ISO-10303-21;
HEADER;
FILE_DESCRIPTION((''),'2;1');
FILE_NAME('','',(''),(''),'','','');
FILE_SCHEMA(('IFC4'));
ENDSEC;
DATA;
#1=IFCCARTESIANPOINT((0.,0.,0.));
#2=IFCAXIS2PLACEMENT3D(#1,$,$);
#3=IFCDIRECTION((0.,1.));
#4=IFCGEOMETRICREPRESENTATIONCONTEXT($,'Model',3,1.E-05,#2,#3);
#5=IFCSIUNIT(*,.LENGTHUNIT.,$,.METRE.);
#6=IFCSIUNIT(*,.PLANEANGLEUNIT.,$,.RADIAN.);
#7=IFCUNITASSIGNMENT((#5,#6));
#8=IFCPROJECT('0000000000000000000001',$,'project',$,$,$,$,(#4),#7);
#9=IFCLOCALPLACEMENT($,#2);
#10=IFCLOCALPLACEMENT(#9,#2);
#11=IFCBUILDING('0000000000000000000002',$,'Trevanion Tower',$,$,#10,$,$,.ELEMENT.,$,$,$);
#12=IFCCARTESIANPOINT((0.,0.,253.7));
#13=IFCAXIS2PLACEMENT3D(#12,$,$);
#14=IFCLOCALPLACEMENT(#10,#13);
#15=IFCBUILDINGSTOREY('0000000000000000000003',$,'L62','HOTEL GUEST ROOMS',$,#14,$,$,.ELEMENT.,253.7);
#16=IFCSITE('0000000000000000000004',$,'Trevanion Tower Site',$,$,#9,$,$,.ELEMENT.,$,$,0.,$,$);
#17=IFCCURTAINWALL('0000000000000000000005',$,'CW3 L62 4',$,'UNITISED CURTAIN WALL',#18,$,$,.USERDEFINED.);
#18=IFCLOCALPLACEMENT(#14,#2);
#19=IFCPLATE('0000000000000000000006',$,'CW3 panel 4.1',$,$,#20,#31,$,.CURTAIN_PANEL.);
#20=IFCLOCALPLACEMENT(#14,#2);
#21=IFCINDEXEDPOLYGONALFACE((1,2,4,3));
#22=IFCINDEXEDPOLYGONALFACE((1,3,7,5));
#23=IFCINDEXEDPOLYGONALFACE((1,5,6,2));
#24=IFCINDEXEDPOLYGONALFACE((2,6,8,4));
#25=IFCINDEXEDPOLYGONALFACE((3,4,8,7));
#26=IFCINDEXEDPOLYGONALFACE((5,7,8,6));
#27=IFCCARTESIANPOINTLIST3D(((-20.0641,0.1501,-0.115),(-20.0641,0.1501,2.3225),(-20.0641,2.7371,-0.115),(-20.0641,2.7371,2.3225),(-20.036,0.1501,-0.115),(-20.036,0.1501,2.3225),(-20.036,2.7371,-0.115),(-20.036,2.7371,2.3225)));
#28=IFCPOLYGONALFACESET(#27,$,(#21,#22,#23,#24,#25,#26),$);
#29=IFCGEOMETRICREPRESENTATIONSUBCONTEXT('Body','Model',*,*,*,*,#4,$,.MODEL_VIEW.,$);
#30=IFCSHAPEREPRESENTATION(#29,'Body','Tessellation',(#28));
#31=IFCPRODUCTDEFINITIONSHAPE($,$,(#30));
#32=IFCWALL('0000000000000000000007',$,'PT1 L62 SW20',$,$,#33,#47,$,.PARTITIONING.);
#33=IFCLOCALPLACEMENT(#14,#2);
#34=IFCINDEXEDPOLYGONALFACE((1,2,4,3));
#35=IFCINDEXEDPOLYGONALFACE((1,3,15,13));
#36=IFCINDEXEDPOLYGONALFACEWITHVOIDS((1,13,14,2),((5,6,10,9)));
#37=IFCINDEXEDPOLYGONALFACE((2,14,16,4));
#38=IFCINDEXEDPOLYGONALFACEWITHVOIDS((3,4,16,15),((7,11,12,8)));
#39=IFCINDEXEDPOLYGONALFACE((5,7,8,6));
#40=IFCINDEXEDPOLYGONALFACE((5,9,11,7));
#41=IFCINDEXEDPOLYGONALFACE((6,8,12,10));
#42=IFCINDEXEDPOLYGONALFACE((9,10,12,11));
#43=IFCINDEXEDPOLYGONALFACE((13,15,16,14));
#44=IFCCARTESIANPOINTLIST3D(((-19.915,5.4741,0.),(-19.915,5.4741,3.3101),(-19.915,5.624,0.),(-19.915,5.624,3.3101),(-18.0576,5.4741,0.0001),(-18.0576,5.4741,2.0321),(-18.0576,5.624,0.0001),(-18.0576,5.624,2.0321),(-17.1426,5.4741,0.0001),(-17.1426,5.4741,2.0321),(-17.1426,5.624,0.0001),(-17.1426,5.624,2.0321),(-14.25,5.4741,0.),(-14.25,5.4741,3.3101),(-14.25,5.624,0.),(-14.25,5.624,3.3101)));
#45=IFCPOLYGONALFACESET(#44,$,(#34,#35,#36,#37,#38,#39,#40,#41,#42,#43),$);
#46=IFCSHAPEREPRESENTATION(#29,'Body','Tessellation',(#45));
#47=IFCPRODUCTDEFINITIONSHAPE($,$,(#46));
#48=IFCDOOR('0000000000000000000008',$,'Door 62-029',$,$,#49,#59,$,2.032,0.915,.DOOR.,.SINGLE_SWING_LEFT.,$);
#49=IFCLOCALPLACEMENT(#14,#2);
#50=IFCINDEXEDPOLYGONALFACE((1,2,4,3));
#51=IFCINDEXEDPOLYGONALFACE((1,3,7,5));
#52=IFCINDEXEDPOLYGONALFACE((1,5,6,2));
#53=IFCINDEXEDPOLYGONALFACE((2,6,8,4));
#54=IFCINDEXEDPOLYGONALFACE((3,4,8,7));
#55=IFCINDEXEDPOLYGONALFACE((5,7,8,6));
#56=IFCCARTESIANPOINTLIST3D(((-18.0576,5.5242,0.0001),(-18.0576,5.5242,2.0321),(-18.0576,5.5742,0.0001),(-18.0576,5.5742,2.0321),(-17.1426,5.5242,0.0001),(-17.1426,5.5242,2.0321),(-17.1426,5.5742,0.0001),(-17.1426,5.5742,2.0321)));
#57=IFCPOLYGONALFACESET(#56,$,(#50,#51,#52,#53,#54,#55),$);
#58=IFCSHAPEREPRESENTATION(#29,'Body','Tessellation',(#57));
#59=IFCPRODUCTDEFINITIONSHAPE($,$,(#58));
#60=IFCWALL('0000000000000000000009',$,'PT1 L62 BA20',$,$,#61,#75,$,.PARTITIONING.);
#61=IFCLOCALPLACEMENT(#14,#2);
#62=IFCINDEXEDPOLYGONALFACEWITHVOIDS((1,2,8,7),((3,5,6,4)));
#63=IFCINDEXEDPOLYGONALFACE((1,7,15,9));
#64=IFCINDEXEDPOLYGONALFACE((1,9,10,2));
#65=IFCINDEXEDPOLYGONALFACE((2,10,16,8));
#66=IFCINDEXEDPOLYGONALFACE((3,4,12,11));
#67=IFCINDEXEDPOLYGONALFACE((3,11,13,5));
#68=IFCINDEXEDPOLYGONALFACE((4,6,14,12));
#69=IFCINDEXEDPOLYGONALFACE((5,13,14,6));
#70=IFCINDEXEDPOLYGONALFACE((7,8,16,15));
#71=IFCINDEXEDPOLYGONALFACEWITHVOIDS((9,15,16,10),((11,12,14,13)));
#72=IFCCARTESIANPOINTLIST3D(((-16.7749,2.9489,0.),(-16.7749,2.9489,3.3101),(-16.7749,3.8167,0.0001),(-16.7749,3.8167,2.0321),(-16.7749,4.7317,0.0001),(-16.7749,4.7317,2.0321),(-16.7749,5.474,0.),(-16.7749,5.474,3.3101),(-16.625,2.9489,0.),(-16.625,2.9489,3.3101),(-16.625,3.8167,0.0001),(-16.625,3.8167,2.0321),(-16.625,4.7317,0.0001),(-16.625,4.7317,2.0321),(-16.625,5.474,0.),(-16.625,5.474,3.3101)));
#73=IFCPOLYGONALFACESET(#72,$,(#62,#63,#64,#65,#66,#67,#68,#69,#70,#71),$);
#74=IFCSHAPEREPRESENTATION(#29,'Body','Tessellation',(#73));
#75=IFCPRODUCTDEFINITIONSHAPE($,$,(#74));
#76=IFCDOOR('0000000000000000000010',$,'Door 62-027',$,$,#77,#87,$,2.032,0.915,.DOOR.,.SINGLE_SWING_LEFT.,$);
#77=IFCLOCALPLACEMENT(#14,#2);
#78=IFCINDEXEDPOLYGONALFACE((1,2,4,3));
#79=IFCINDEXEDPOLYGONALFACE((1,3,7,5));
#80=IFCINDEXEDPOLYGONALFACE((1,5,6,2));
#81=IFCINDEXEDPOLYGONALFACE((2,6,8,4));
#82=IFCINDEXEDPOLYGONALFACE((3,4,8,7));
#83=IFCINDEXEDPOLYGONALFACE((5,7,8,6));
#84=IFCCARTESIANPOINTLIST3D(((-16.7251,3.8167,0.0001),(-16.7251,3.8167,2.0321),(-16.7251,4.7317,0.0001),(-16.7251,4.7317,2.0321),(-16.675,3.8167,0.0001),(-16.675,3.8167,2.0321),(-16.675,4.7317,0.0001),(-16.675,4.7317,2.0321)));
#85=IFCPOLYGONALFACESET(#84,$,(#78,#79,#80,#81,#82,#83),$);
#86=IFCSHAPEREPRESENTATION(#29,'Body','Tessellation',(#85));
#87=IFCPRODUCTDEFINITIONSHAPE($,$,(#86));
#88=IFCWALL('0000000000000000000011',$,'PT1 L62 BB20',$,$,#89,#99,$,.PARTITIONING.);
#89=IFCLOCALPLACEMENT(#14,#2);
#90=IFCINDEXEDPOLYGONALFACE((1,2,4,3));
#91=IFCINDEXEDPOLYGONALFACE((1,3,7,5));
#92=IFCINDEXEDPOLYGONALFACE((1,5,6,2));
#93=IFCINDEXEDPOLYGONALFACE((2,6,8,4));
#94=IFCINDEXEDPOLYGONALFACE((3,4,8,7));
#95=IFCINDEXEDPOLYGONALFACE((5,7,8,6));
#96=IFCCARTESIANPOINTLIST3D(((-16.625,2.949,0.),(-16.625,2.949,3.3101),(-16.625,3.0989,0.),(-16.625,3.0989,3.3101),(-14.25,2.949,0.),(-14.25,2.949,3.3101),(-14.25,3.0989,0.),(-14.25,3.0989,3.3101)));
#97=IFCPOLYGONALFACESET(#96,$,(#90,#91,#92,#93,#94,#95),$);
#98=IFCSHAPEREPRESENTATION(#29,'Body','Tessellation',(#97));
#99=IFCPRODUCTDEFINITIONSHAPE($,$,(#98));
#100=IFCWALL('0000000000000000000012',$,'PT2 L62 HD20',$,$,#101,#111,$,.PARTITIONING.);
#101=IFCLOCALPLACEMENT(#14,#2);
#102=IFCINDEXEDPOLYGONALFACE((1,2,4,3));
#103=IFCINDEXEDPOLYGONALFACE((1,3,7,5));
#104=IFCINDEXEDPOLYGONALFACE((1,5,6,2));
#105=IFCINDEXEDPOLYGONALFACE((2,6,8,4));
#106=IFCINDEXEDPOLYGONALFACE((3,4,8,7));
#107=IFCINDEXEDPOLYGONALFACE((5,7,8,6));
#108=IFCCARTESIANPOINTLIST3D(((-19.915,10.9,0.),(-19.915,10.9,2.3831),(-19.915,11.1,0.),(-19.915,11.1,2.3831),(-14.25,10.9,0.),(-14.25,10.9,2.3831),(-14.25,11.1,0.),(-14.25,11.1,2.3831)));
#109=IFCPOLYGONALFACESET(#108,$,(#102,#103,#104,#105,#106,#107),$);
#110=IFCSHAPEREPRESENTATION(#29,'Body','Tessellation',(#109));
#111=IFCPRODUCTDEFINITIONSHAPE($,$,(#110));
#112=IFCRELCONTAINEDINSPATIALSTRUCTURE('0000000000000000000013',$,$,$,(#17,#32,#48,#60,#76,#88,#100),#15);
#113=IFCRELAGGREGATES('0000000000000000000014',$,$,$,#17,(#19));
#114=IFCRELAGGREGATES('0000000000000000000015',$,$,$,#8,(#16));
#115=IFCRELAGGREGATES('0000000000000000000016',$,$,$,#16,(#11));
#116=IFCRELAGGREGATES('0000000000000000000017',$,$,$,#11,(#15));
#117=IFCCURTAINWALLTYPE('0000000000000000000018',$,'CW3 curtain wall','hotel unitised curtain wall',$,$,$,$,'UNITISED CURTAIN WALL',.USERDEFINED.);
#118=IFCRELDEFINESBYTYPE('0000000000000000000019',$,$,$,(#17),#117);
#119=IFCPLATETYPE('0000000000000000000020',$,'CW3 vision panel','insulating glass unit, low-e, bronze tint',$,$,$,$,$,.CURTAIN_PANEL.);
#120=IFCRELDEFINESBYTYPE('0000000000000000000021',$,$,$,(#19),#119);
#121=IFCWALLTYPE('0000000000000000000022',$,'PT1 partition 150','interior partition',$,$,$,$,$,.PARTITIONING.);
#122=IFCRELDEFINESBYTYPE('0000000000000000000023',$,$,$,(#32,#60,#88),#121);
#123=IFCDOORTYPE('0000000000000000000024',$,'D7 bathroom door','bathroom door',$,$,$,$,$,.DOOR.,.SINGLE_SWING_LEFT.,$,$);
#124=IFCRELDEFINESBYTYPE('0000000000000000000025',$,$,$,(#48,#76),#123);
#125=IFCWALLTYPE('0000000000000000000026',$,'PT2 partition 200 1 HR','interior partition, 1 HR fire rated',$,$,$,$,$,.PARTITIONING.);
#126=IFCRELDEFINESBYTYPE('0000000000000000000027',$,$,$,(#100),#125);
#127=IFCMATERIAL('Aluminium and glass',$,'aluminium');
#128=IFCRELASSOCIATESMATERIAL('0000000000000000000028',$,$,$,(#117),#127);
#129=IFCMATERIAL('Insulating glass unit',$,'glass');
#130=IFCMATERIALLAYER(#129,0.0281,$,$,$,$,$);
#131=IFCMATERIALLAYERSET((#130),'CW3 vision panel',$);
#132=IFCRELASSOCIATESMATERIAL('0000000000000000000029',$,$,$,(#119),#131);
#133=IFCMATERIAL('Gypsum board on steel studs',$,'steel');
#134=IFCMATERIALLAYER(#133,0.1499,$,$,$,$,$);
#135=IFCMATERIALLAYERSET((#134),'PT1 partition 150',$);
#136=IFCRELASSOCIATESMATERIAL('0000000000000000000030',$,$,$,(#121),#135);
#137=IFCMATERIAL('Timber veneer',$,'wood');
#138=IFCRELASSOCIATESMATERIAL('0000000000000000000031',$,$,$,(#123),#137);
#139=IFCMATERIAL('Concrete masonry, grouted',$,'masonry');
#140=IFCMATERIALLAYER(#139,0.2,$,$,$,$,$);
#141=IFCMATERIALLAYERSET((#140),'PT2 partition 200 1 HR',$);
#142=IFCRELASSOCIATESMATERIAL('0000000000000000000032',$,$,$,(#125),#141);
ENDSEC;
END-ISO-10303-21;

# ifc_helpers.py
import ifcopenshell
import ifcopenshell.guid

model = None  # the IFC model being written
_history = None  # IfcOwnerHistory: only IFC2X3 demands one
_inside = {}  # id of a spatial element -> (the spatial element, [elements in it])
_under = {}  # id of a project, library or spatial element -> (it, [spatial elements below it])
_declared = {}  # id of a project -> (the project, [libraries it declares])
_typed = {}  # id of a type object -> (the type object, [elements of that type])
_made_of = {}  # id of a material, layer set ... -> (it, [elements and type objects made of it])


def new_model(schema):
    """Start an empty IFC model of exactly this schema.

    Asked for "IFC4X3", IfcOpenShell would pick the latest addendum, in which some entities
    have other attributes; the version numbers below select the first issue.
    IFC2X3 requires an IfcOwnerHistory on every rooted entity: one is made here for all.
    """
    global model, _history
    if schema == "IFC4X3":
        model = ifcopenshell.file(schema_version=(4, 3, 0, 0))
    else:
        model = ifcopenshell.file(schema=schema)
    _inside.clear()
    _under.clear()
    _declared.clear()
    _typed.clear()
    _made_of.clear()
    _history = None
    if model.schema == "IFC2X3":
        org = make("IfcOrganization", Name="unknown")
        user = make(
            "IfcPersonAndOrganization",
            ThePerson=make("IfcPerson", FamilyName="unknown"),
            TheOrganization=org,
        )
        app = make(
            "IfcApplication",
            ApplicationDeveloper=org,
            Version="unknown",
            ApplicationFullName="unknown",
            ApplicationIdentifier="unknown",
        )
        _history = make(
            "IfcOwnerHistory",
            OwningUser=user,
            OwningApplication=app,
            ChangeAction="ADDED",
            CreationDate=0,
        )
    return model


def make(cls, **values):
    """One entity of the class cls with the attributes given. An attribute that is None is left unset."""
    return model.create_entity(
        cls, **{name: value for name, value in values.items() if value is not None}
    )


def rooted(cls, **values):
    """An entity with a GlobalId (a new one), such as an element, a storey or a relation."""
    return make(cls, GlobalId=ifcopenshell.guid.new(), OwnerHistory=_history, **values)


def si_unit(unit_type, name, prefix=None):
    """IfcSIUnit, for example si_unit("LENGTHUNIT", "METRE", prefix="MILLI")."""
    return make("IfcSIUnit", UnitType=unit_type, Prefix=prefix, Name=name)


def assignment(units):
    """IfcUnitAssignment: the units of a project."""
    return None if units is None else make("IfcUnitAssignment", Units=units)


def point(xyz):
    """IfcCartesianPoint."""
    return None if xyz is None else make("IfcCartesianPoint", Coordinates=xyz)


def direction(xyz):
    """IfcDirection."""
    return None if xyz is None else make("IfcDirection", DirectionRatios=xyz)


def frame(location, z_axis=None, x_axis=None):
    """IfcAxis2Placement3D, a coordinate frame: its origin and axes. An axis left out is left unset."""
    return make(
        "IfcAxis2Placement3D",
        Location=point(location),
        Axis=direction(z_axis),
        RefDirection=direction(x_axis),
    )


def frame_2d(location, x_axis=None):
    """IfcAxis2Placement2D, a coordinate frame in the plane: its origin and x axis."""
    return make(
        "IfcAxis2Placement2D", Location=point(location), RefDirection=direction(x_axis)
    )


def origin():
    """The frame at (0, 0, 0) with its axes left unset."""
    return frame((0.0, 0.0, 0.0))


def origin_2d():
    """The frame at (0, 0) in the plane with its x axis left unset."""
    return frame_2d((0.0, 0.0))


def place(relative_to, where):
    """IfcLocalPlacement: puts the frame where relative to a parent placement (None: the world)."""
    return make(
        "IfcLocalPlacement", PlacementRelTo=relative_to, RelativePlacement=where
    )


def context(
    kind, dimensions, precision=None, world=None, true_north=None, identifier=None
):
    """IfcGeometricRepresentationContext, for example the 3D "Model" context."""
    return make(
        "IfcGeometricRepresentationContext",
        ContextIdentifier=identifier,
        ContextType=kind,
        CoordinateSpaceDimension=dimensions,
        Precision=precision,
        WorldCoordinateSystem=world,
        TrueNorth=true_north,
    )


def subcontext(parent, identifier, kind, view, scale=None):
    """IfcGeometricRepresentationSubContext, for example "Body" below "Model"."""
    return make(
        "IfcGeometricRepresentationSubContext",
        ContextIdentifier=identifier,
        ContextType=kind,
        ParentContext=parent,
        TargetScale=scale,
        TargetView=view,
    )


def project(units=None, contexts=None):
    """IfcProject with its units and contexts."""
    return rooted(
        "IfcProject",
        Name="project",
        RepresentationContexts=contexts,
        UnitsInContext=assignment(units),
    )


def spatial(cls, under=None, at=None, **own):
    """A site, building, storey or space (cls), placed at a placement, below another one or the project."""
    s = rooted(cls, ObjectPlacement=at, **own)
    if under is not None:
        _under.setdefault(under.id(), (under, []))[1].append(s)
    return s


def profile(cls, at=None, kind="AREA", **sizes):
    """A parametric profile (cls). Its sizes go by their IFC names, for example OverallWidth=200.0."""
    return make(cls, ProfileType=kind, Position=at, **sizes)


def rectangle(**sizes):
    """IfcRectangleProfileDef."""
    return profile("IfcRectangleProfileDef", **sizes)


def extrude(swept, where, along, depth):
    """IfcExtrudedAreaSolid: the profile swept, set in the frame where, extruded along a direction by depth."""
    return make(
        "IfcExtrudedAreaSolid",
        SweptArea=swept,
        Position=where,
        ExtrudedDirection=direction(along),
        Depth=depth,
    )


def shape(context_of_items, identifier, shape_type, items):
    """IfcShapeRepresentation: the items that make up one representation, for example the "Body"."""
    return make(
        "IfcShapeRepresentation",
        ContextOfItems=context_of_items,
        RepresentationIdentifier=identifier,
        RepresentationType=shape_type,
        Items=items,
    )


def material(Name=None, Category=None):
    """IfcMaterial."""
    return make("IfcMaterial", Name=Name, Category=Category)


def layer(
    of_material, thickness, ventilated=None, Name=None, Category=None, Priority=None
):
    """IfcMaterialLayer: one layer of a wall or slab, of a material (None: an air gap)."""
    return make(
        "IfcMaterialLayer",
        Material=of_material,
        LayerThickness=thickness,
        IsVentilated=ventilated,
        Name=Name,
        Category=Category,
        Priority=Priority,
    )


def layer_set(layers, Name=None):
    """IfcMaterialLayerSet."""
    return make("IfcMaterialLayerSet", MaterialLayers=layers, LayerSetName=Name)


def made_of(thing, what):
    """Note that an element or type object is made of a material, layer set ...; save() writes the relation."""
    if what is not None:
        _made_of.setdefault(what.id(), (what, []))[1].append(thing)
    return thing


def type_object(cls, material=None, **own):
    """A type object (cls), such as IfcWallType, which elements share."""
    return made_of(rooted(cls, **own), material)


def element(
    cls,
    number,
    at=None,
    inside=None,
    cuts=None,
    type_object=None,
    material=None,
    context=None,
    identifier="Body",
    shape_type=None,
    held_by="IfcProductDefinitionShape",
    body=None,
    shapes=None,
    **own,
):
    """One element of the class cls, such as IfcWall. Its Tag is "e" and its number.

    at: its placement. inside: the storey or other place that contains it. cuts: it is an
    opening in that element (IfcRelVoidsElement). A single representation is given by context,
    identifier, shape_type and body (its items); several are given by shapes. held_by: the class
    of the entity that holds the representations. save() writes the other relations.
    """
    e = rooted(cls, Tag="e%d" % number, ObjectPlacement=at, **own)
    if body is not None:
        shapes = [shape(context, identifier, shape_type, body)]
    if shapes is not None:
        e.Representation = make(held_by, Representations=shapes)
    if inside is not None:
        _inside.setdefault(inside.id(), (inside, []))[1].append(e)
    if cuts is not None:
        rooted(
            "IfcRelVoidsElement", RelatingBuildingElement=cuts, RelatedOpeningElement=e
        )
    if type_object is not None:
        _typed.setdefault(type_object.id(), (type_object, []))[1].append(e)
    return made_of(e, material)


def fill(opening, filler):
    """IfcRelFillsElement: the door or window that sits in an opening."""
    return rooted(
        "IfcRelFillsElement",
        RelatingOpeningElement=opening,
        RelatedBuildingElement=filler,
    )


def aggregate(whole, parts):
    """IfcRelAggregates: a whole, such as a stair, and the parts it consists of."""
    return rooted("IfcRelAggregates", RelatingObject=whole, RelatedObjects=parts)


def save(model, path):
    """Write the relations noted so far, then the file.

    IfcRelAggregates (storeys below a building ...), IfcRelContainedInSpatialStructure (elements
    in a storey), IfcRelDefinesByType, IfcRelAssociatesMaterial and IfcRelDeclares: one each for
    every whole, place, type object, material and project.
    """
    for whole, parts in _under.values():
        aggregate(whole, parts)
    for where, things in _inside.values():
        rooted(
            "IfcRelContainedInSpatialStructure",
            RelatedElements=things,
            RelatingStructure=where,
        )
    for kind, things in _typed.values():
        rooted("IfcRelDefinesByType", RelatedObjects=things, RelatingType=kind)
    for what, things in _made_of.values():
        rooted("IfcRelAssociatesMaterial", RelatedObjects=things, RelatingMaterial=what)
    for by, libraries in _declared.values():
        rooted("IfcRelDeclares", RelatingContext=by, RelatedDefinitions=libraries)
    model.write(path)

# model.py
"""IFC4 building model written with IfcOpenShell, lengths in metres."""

from ifc_helpers import new_model, si_unit, direction, frame, frame_2d, origin, origin_2d, place, context, subcontext, project, spatial, rectangle, extrude, material, layer, layer_set, type_object, element, fill, aggregate, save


model = new_model("IFC4")

# Units and contexts
model_context = context("Model", 3, precision=1e-05, world=origin(), true_north=direction((0.0, 1.0)))
body_context = subcontext(model_context, "Body", "Model", "MODEL_VIEW")
ifc_project = project(units=[si_unit("LENGTHUNIT", "METRE"), si_unit("PLANEANGLEUNIT", "RADIAN")], contexts=[model_context])

# Site, building, storey
site_placement = place(None, origin())
site = spatial("IfcSite", under=ifc_project, at=site_placement, Name="Trevanion Tower Site", CompositionType="ELEMENT", RefElevation=0.0)
building_placement = place(site_placement, origin())
building = spatial("IfcBuilding", under=site, at=building_placement, Name="Trevanion Tower", CompositionType="ELEMENT")
storey_placement = place(building_placement, frame((0.0, 0.0, 253.7)))
storey = spatial("IfcBuildingStorey", under=building, at=storey_placement, Name="L62", Description="HOTEL GUEST ROOMS", CompositionType="ELEMENT", Elevation=253.7)

# Curtain wall
ifc_material_1 = material(Name="Aluminium and glass", Category="aluminium")
curtain_wall_type = type_object("IfcCurtainWallType", Name="CW3 curtain wall", Description="hotel unitised curtain wall", ElementType="UNITISED CURTAIN WALL", PredefinedType="USERDEFINED", material=ifc_material_1)
curtain_wall_placement = place(storey_placement, origin())
curtain_wall = element("IfcCurtainWall", 1, at=curtain_wall_placement, inside=storey, type_object=curtain_wall_type, Name="CW3 L62 4", ObjectType="UNITISED CURTAIN WALL", PredefinedType="USERDEFINED")

# Plate
ifc_material_2 = material(Name="Insulating glass unit", Category="glass")
ifc_layer_1 = layer(ifc_material_2, 0.0281)
ifc_layer_set_1 = layer_set([ifc_layer_1], Name="CW3 vision panel")
plate_type_1 = type_object("IfcPlateType", Name="CW3 vision panel", Description="insulating glass unit, low-e, bronze tint", PredefinedType="CURTAIN_PANEL", material=ifc_layer_set_1)
plate_1_placement = place(storey_placement, frame((-20.05, 1.4436, -0.115), z_axis=(0.0, 0.0, 1.0), x_axis=(0.0, -1.0, 0.0)))
plate_1 = element("IfcPlate", 2, at=plate_1_placement, type_object=plate_type_1, Name="CW3 panel 4.1", PredefinedType="CURTAIN_PANEL", context=body_context, shape_type="SweptSolid", body=[
    extrude(rectangle(XDim=2.5869, YDim=0.0281, at=origin_2d()), origin(), (0.0, 0.0, 1.0), 2.4375),
])
aggregate(curtain_wall, [plate_1])

# Walls, openings, doors
ifc_material_3 = material(Name="Gypsum board on steel studs", Category="steel")
ifc_layer_2 = layer(ifc_material_3, 0.1499)
ifc_layer_set_2 = layer_set([ifc_layer_2], Name="PT1 partition 150")
wall_type_1 = type_object("IfcWallType", Name="PT1 partition 150", Description="interior partition", PredefinedType="PARTITIONING", material=ifc_layer_set_2)
wall_1_placement = place(storey_placement, frame((-14.25, 5.5491, 0.0), z_axis=(0.0, 0.0, 1.0), x_axis=(-1.0, 0.0, 0.0)))
wall_1 = element("IfcWall", 3, at=wall_1_placement, inside=storey, type_object=wall_type_1, Name="PT1 L62 SW20", PredefinedType="PARTITIONING", context=body_context, shape_type="SweptSolid", body=[
    extrude(rectangle(XDim=5.665, YDim=0.1499, at=frame_2d((2.8325, 0.0))), origin(), (0.0, 0.0, 1.0), 3.3101),
])
opening_1_placement = place(wall_1_placement, frame((2.8926, 0.0, 0.0)))
opening_1 = element("IfcOpeningElement", 4, at=opening_1_placement, cuts=wall_1, PredefinedType="OPENING", context=body_context, shape_type="SweptSolid", body=[
    extrude(rectangle(XDim=0.915, YDim=2.032, at=frame_2d((0.4575, 1.0161))), frame((0.0, 0.085, 0.0), z_axis=(0.0, -1.0, 0.0), x_axis=(1.0, 0.0, 0.0)), (0.0, 0.0, 1.0), 0.1699),
])
ifc_material_4 = material(Name="Timber veneer", Category="wood")
door_type = type_object("IfcDoorType", Name="D7 bathroom door", Description="bathroom door", OperationType="SINGLE_SWING_LEFT", PredefinedType="DOOR", material=ifc_material_4)
door_1_placement = place(opening_1_placement, origin())
door_1 = element("IfcDoor", 5, at=door_1_placement, inside=storey, type_object=door_type, Name="Door 62-029", OperationType="SINGLE_SWING_LEFT", OverallHeight=2.032, OverallWidth=0.915, PredefinedType="DOOR", context=body_context, shape_type="SweptSolid", body=[
    extrude(rectangle(XDim=0.915, YDim=2.032, at=frame_2d((0.4575, 1.0161))), frame((0.0, 0.0249, 0.0), z_axis=(0.0, -1.0, 0.0), x_axis=(1.0, 0.0, 0.0)), (0.0, 0.0, 1.0), 0.05),
])
fill(opening_1, door_1)
wall_2_placement = place(storey_placement, frame((-16.7, 5.4741, 0.0), z_axis=(0.0, 0.0, 1.0), x_axis=(0.0, -1.0, 0.0)))
wall_2 = element("IfcWall", 6, at=wall_2_placement, inside=storey, type_object=wall_type_1, Name="PT1 L62 BA20", PredefinedType="PARTITIONING", context=body_context, shape_type="SweptSolid", body=[
    extrude(rectangle(XDim=2.5251, YDim=0.1499, at=frame_2d((1.2627, 0.0))), origin(), (0.0, 0.0, 1.0), 3.3101),
])
opening_2_placement = place(wall_2_placement, frame((0.7424, 0.0, 0.0)))
opening_2 = element("IfcOpeningElement", 7, at=opening_2_placement, cuts=wall_2, PredefinedType="OPENING", context=body_context, shape_type="SweptSolid", body=[
    extrude(rectangle(XDim=0.915, YDim=2.032, at=frame_2d((0.4575, 1.0161))), frame((0.0, 0.085, 0.0), z_axis=(0.0, -1.0, 0.0), x_axis=(1.0, 0.0, 0.0)), (0.0, 0.0, 1.0), 0.1699),
])
door_2_placement = place(opening_2_placement, origin())
door_2 = element("IfcDoor", 8, at=door_2_placement, inside=storey, type_object=door_type, Name="Door 62-027", OperationType="SINGLE_SWING_LEFT", OverallHeight=2.032, OverallWidth=0.915, PredefinedType="DOOR", context=body_context, shape_type="SweptSolid", body=[
    extrude(rectangle(XDim=0.915, YDim=2.032, at=frame_2d((0.4575, 1.0161))), frame((0.0, 0.0249, 0.0), z_axis=(0.0, -1.0, 0.0), x_axis=(1.0, 0.0, 0.0)), (0.0, 0.0, 1.0), 0.05),
])
fill(opening_2, door_2)

# Walls
wall_3_placement = place(storey_placement, frame((-14.25, 3.0239, 0.0), z_axis=(0.0, 0.0, 1.0), x_axis=(-1.0, 0.0, 0.0)))
element("IfcWall", 9, at=wall_3_placement, inside=storey, type_object=wall_type_1, Name="PT1 L62 BB20", PredefinedType="PARTITIONING", context=body_context, shape_type="SweptSolid", body=[
    extrude(rectangle(XDim=2.375, YDim=0.1499, at=frame_2d((1.1875, 0.0))), origin(), (0.0, 0.0, 1.0), 3.3101),
])
ifc_material_5 = material(Name="Concrete masonry, grouted", Category="masonry")
ifc_layer_3 = layer(ifc_material_5, 0.2)
ifc_layer_set_3 = layer_set([ifc_layer_3], Name="PT2 partition 200 1 HR")
wall_type_2 = type_object("IfcWallType", Name="PT2 partition 200 1 HR", Description="interior partition, 1 HR fire rated", PredefinedType="PARTITIONING", material=ifc_layer_set_3)
wall_4_placement = place(storey_placement, frame((-14.25, 11.0, 0.0), z_axis=(0.0, 0.0, 1.0), x_axis=(-1.0, 0.0, 0.0)))
element("IfcWall", 10, at=wall_4_placement, inside=storey, type_object=wall_type_2, Name="PT2 L62 HD20", PredefinedType="PARTITIONING", context=body_context, shape_type="SweptSolid", body=[
    extrude(rectangle(XDim=5.665, YDim=0.2, at=frame_2d((2.8325, 0.0))), origin(), (0.0, 0.0, 1.0), 2.3831),
])

save(model, "model.ifc")
